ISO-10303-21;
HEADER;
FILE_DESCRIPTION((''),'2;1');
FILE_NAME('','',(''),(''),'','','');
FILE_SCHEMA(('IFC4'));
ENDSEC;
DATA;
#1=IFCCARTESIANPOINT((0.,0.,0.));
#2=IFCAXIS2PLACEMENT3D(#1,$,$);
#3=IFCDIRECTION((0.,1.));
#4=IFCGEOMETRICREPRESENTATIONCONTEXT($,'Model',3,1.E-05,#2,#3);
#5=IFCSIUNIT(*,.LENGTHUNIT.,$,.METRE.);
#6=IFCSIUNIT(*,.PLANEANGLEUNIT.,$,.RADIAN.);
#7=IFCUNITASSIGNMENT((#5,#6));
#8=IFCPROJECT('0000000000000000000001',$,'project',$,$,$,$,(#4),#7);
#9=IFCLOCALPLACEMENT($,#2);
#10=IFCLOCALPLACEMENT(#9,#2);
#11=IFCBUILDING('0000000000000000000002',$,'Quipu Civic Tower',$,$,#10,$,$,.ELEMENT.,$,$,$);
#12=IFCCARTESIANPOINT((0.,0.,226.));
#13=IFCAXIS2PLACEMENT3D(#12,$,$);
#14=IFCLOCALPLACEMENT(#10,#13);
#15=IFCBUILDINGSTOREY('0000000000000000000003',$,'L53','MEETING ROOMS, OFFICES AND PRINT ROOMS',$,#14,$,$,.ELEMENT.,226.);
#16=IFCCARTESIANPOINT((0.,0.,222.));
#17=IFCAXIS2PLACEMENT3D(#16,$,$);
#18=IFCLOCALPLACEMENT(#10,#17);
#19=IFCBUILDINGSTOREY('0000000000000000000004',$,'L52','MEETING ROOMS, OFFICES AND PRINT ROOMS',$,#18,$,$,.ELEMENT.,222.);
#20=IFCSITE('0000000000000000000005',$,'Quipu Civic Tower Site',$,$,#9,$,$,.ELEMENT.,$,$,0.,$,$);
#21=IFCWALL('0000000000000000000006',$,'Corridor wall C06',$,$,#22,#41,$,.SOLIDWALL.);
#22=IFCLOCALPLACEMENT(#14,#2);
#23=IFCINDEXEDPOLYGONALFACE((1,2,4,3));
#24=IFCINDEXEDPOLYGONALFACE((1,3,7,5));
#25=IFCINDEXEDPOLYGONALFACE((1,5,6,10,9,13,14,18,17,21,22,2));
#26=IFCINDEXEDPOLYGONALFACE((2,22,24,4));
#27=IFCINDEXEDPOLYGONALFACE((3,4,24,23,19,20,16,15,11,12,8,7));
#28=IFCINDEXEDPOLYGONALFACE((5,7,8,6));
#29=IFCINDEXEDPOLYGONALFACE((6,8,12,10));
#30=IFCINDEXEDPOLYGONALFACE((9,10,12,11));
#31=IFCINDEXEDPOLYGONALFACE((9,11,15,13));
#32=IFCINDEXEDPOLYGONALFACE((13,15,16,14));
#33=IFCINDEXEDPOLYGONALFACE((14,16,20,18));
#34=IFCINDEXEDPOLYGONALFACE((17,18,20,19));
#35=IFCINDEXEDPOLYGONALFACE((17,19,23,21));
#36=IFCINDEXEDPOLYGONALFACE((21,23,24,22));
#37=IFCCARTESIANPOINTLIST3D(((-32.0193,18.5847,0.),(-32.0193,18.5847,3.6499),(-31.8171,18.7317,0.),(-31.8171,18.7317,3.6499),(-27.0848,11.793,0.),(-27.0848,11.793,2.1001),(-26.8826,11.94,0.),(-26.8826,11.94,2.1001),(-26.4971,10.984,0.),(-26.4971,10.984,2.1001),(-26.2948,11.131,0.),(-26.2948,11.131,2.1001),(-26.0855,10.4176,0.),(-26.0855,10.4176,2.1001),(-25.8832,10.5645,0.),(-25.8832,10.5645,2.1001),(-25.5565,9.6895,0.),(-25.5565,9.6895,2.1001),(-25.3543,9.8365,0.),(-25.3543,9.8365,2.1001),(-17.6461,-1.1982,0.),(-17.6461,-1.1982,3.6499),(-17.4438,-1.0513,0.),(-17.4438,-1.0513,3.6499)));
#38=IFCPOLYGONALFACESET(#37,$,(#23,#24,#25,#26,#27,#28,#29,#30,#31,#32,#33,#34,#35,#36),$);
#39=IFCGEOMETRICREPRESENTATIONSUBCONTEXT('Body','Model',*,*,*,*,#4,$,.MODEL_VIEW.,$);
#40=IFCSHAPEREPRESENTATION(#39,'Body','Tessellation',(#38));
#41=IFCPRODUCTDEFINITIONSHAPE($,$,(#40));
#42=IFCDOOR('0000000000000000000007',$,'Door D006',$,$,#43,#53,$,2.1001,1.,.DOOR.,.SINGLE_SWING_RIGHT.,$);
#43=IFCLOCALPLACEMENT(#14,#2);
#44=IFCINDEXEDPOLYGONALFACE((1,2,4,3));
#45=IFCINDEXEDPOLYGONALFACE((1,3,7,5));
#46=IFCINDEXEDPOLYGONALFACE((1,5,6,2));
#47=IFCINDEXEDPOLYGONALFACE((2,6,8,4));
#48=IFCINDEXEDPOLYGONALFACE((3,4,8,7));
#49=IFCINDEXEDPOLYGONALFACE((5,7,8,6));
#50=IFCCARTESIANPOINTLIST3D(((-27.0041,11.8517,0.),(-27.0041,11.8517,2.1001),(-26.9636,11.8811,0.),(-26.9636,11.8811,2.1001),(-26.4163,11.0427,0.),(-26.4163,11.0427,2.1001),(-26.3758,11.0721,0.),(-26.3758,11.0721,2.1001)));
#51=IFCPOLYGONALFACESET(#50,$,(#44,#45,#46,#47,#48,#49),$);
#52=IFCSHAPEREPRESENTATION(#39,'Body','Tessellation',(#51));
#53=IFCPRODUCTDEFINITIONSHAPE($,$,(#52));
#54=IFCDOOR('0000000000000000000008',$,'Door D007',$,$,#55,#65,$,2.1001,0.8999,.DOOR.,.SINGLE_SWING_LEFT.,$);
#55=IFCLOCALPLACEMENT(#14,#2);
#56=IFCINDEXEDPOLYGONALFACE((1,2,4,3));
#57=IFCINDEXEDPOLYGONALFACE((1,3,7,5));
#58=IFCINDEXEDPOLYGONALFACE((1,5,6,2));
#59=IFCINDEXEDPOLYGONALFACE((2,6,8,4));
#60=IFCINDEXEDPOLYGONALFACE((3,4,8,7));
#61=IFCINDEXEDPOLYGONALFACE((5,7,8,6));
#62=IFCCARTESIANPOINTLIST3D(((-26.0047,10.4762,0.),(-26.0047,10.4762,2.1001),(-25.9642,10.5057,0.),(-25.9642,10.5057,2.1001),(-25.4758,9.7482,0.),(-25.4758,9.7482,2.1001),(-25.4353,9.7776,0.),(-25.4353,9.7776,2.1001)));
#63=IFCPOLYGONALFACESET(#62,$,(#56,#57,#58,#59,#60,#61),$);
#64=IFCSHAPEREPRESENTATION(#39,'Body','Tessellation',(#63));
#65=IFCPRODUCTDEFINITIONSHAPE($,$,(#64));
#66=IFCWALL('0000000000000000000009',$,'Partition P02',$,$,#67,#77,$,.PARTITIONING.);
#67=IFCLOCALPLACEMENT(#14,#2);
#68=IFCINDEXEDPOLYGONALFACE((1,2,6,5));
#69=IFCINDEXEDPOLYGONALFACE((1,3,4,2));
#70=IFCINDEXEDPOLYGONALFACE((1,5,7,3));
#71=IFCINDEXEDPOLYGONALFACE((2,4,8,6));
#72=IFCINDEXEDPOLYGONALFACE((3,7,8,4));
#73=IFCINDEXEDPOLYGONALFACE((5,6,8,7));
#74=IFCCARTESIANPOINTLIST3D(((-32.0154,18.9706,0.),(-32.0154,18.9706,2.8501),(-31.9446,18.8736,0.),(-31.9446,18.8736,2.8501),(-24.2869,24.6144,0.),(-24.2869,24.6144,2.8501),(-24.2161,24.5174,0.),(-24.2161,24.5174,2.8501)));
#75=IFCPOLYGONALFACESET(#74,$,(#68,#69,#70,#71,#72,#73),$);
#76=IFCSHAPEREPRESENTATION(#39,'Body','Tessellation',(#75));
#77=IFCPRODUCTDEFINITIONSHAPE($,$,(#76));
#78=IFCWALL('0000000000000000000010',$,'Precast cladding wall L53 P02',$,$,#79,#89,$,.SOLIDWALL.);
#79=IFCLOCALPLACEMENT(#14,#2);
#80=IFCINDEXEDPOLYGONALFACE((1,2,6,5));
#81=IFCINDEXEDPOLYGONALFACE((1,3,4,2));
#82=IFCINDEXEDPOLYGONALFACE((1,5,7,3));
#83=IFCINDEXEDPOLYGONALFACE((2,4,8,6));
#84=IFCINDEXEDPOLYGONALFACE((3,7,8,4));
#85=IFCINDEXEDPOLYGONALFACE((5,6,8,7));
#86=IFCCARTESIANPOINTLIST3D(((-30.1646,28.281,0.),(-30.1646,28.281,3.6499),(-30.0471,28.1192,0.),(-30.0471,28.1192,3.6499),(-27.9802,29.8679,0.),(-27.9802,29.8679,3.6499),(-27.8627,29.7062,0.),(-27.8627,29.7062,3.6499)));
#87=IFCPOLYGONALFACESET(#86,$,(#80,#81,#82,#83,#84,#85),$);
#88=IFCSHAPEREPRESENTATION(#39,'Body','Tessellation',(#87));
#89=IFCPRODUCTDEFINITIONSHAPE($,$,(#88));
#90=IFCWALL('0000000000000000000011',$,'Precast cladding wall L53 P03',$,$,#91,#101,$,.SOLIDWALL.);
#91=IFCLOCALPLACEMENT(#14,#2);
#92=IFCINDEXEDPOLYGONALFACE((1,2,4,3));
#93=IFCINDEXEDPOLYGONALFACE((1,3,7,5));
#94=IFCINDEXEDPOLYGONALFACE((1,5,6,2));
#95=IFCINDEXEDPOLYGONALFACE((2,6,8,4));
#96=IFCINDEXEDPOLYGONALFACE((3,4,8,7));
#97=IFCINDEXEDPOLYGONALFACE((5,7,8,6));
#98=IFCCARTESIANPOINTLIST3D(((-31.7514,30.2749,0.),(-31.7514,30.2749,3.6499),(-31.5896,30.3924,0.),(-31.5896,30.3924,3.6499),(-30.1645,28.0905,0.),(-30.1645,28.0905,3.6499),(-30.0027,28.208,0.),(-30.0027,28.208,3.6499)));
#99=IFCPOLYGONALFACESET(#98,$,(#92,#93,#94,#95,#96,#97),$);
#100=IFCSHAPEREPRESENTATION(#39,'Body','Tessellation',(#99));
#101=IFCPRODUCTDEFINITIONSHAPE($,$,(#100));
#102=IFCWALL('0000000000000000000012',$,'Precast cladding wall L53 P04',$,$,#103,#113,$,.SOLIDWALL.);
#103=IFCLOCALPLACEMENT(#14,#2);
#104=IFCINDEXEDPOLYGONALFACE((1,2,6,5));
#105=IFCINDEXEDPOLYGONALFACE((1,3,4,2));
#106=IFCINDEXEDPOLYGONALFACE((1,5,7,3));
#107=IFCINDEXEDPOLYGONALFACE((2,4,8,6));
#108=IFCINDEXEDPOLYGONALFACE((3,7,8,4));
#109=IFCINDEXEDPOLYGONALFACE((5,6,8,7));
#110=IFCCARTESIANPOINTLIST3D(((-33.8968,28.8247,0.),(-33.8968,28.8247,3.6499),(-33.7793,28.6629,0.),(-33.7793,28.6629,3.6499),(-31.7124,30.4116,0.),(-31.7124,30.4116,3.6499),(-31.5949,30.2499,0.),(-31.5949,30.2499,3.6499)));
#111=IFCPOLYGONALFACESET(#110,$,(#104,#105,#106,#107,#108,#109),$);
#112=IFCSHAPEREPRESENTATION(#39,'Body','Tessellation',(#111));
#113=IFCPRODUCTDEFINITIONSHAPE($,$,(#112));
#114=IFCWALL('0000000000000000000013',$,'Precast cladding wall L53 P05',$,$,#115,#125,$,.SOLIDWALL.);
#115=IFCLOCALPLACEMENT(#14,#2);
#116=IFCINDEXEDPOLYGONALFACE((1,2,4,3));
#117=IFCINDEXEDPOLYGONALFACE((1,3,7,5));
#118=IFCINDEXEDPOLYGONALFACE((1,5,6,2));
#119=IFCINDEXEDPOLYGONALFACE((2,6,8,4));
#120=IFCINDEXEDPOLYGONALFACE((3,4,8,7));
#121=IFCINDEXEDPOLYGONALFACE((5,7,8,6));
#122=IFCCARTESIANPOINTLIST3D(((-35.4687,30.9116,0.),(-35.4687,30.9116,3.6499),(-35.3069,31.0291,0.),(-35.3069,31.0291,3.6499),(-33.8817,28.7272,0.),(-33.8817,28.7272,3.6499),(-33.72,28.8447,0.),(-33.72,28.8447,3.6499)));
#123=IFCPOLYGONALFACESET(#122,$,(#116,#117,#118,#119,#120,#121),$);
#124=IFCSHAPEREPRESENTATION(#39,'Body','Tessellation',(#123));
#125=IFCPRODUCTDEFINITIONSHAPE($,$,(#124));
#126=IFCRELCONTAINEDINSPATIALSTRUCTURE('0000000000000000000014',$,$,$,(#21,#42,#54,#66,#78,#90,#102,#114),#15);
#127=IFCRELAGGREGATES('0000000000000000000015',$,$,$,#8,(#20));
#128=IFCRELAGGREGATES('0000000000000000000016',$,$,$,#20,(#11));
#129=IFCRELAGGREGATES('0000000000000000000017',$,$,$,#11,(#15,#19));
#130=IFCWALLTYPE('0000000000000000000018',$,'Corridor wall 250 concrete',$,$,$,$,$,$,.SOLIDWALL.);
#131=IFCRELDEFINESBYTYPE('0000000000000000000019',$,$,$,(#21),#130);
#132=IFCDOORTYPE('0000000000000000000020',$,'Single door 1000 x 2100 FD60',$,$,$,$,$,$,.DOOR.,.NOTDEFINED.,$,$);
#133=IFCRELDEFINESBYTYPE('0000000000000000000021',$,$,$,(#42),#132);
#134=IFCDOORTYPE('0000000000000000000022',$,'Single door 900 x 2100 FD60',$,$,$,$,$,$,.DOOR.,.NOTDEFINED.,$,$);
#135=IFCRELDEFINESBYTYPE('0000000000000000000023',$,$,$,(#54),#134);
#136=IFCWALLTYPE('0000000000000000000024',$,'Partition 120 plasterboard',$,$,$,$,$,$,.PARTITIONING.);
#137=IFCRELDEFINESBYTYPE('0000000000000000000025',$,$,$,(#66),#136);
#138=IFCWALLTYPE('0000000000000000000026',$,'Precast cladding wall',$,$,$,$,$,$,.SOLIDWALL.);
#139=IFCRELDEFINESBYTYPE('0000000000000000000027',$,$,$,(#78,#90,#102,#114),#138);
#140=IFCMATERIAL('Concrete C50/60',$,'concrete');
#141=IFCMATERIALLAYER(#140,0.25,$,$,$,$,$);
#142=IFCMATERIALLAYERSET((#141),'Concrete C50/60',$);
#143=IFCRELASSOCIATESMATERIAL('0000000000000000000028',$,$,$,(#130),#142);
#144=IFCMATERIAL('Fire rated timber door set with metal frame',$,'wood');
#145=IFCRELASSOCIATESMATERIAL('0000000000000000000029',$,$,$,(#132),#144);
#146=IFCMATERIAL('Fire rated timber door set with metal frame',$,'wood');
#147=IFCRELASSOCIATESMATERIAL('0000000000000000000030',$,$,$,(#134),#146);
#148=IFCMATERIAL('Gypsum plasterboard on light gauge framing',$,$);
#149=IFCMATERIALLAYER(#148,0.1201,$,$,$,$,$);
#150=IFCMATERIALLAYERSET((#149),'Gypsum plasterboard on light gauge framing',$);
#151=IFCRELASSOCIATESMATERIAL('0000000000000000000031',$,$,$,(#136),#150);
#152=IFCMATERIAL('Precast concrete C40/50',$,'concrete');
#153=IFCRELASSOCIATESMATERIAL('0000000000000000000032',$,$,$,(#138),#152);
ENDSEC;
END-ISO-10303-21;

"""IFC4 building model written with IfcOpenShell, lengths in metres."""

from ifc_helpers import new_model, si_unit, direction, frame, frame_2d, origin, place, context, subcontext, project, spatial, rectangle, extrude, material, layer, layer_set, type_object, element, fill, save


model = new_model("IFC4")

# Units and contexts
model_context = context("Model", 3, precision=1e-05, world=origin(), true_north=direction((0.0, 1.0)))
body_context = subcontext(model_context, "Body", "Model", "MODEL_VIEW")
ifc_project = project(units=[si_unit("LENGTHUNIT", "METRE"), si_unit("PLANEANGLEUNIT", "RADIAN")], contexts=[model_context])

# Site, building, storey
site_placement = place(None, origin())
site = spatial("IfcSite", under=ifc_project, at=site_placement, Name="Quipu Civic Tower Site", CompositionType="ELEMENT", RefElevation=0.0)
building_placement = place(site_placement, origin())
building = spatial("IfcBuilding", under=site, at=building_placement, Name="Quipu Civic Tower", CompositionType="ELEMENT")
storey_1_placement = place(building_placement, frame((0.0, 0.0, 226.0)))
storey_1 = spatial("IfcBuildingStorey", under=building, at=storey_1_placement, Name="L53", Description="MEETING ROOMS, OFFICES AND PRINT ROOMS", CompositionType="ELEMENT", Elevation=226.0)

# Shared definitions
storey_2_placement = place(building_placement, frame((0.0, 0.0, 222.0)))
storey_2 = spatial("IfcBuildingStorey", under=building, at=storey_2_placement, Name="L52", Description="MEETING ROOMS, OFFICES AND PRINT ROOMS", CompositionType="ELEMENT", Elevation=222.0)

# Wall, openings, doors
ifc_material_1 = material(Name="Concrete C50/60", Category="concrete")
ifc_layer_1 = layer(ifc_material_1, 0.25)
ifc_layer_set_1 = layer_set([ifc_layer_1], Name="Concrete C50/60")
wall_type_1 = type_object("IfcWallType", Name="Corridor wall 250 concrete", PredefinedType="SOLIDWALL", material=ifc_layer_set_1)
wall_1_placement = place(storey_1_placement, frame((-31.9182, 18.6582, 0.0), z_axis=(0.0, 0.0, 1.0), x_axis=(0.587789, -0.809014, 0.0)))
wall_1 = element("IfcWall", 1, at=wall_1_placement, inside=storey_1, type_object=wall_type_1, Name="Corridor wall C06", PredefinedType="SOLIDWALL", context=body_context, shape_type="SweptSolid", body=[
    extrude(rectangle(XDim=24.4531, YDim=0.25, at=frame_2d((12.2266, 0.0))), origin(), (0.0, 0.0, 1.0), 3.6499),
])
opening_1_placement = place(wall_1_placement, frame((8.395, 0.0, 0.0)))
opening_1 = element("IfcOpeningElement", 2, at=opening_1_placement, cuts=wall_1, PredefinedType="OPENING", context=body_context, shape_type="SweptSolid", body=[
    extrude(rectangle(XDim=1.0, YDim=2.1001, at=frame_2d((0.5, 1.05))), frame((0.0, 0.135, 0.0), z_axis=(0.0, -1.0, 0.0), x_axis=(1.0, 0.0, 0.0)), (0.0, 0.0, 1.0), 0.27),
])
opening_2_placement = place(wall_1_placement, frame((10.0952, 0.0, 0.0)))
opening_2 = element("IfcOpeningElement", 3, at=opening_2_placement, cuts=wall_1, PredefinedType="OPENING", context=body_context, shape_type="SweptSolid", body=[
    extrude(rectangle(XDim=0.8999, YDim=2.1001, at=frame_2d((0.45, 1.05))), frame((0.0, 0.135, 0.0), z_axis=(0.0, -1.0, 0.0), x_axis=(1.0, 0.0, 0.0)), (0.0, 0.0, 1.0), 0.27),
])
ifc_material_2 = material(Name="Fire rated timber door set with metal frame", Category="wood")
door_type_1 = type_object("IfcDoorType", Name="Single door 1000 x 2100 FD60", OperationType="NOTDEFINED", PredefinedType="DOOR", material=ifc_material_2)
door_1_placement = place(opening_1_placement, origin())
door_1 = element("IfcDoor", 4, at=door_1_placement, inside=storey_1, type_object=door_type_1, Name="Door D006", OperationType="SINGLE_SWING_RIGHT", OverallHeight=2.1001, OverallWidth=1.0, PredefinedType="DOOR", context=body_context, shape_type="SweptSolid", body=[
    extrude(rectangle(XDim=1.0, YDim=2.1001, at=frame_2d((0.5, 1.05))), frame((0.0, 0.0249, 0.0), z_axis=(0.0, -1.0, 0.0), x_axis=(1.0, 0.0, 0.0)), (0.0, 0.0, 1.0), 0.05),
])
fill(opening_1, door_1)
ifc_material_3 = material(Name="Fire rated timber door set with metal frame", Category="wood")
door_type_2 = type_object("IfcDoorType", Name="Single door 900 x 2100 FD60", OperationType="NOTDEFINED", PredefinedType="DOOR", material=ifc_material_3)
door_2_placement = place(opening_2_placement, origin())
door_2 = element("IfcDoor", 5, at=door_2_placement, inside=storey_1, type_object=door_type_2, Name="Door D007", OperationType="SINGLE_SWING_LEFT", OverallHeight=2.1001, OverallWidth=0.8999, PredefinedType="DOOR", context=body_context, shape_type="SweptSolid", body=[
    extrude(rectangle(XDim=0.8999, YDim=2.1001, at=frame_2d((0.45, 1.05))), frame((0.0, 0.0249, 0.0), z_axis=(0.0, -1.0, 0.0), x_axis=(1.0, 0.0, 0.0)), (0.0, 0.0, 1.0), 0.05),
])
fill(opening_2, door_2)

# Walls
ifc_material_4 = material(Name="Gypsum plasterboard on light gauge framing")
ifc_layer_2 = layer(ifc_material_4, 0.1201)
ifc_layer_set_2 = layer_set([ifc_layer_2], Name="Gypsum plasterboard on light gauge framing")
wall_type_2 = type_object("IfcWallType", Name="Partition 120 plasterboard", PredefinedType="PARTITIONING", material=ifc_layer_set_2)
wall_2_placement = place(storey_1_placement, frame((-31.98, 18.9221, 0.0), z_axis=(0.0, 0.0, 1.0), x_axis=(0.807588, 0.589747, 0.0)))
element("IfcWall", 6, at=wall_2_placement, inside=storey_1, type_object=wall_type_2, Name="Partition P02", PredefinedType="PARTITIONING", context=body_context, shape_type="SweptSolid", body=[
    extrude(rectangle(XDim=9.5698, YDim=0.1201, at=frame_2d((4.7849, 0.0))), origin(), (0.0, 0.0, 1.0), 2.8501),
])
ifc_material_5 = material(Name="Precast concrete C40/50", Category="concrete")
wall_type_3 = type_object("IfcWallType", Name="Precast cladding wall", PredefinedType="SOLIDWALL", material=ifc_material_5)
for number, where, z_axis, x_axis, name in (
    (7, (-27.9214, 29.7871, 0.0), (0.0, 0.0, 1.0), (-0.809033, -0.587763, 0.0), "Precast cladding wall L53 P02"),
    (8, (-30.0835, 28.1492, 0.0), (0.0, 0.0, 1.0), (-0.587763, 0.809033, 0.0), "Precast cladding wall L53 P03"),
    (9, (-31.6536, 30.3308, 0.0), (0.0, 0.0, 1.0), (-0.809033, -0.587763, 0.0), "Precast cladding wall L53 P04"),
    (10, (-33.8008, 28.7859, 0.0), (0.0, 0.0, 1.0), (-0.587763, 0.809033, 0.0), "Precast cladding wall L53 P05"),
):
    element("IfcWall", number, at=place(storey_1_placement, frame(where, z_axis=z_axis, x_axis=x_axis)), inside=storey_1, type_object=wall_type_3, Name=name, PredefinedType="SOLIDWALL", context=body_context, shape_type="SweptSolid", body=[
        extrude(rectangle(XDim=2.7, YDim=0.2, at=frame_2d((1.3501, 0.0))), origin(), (0.0, 0.0, 1.0), 3.6499),
    ])

save(model, "model.ifc")
